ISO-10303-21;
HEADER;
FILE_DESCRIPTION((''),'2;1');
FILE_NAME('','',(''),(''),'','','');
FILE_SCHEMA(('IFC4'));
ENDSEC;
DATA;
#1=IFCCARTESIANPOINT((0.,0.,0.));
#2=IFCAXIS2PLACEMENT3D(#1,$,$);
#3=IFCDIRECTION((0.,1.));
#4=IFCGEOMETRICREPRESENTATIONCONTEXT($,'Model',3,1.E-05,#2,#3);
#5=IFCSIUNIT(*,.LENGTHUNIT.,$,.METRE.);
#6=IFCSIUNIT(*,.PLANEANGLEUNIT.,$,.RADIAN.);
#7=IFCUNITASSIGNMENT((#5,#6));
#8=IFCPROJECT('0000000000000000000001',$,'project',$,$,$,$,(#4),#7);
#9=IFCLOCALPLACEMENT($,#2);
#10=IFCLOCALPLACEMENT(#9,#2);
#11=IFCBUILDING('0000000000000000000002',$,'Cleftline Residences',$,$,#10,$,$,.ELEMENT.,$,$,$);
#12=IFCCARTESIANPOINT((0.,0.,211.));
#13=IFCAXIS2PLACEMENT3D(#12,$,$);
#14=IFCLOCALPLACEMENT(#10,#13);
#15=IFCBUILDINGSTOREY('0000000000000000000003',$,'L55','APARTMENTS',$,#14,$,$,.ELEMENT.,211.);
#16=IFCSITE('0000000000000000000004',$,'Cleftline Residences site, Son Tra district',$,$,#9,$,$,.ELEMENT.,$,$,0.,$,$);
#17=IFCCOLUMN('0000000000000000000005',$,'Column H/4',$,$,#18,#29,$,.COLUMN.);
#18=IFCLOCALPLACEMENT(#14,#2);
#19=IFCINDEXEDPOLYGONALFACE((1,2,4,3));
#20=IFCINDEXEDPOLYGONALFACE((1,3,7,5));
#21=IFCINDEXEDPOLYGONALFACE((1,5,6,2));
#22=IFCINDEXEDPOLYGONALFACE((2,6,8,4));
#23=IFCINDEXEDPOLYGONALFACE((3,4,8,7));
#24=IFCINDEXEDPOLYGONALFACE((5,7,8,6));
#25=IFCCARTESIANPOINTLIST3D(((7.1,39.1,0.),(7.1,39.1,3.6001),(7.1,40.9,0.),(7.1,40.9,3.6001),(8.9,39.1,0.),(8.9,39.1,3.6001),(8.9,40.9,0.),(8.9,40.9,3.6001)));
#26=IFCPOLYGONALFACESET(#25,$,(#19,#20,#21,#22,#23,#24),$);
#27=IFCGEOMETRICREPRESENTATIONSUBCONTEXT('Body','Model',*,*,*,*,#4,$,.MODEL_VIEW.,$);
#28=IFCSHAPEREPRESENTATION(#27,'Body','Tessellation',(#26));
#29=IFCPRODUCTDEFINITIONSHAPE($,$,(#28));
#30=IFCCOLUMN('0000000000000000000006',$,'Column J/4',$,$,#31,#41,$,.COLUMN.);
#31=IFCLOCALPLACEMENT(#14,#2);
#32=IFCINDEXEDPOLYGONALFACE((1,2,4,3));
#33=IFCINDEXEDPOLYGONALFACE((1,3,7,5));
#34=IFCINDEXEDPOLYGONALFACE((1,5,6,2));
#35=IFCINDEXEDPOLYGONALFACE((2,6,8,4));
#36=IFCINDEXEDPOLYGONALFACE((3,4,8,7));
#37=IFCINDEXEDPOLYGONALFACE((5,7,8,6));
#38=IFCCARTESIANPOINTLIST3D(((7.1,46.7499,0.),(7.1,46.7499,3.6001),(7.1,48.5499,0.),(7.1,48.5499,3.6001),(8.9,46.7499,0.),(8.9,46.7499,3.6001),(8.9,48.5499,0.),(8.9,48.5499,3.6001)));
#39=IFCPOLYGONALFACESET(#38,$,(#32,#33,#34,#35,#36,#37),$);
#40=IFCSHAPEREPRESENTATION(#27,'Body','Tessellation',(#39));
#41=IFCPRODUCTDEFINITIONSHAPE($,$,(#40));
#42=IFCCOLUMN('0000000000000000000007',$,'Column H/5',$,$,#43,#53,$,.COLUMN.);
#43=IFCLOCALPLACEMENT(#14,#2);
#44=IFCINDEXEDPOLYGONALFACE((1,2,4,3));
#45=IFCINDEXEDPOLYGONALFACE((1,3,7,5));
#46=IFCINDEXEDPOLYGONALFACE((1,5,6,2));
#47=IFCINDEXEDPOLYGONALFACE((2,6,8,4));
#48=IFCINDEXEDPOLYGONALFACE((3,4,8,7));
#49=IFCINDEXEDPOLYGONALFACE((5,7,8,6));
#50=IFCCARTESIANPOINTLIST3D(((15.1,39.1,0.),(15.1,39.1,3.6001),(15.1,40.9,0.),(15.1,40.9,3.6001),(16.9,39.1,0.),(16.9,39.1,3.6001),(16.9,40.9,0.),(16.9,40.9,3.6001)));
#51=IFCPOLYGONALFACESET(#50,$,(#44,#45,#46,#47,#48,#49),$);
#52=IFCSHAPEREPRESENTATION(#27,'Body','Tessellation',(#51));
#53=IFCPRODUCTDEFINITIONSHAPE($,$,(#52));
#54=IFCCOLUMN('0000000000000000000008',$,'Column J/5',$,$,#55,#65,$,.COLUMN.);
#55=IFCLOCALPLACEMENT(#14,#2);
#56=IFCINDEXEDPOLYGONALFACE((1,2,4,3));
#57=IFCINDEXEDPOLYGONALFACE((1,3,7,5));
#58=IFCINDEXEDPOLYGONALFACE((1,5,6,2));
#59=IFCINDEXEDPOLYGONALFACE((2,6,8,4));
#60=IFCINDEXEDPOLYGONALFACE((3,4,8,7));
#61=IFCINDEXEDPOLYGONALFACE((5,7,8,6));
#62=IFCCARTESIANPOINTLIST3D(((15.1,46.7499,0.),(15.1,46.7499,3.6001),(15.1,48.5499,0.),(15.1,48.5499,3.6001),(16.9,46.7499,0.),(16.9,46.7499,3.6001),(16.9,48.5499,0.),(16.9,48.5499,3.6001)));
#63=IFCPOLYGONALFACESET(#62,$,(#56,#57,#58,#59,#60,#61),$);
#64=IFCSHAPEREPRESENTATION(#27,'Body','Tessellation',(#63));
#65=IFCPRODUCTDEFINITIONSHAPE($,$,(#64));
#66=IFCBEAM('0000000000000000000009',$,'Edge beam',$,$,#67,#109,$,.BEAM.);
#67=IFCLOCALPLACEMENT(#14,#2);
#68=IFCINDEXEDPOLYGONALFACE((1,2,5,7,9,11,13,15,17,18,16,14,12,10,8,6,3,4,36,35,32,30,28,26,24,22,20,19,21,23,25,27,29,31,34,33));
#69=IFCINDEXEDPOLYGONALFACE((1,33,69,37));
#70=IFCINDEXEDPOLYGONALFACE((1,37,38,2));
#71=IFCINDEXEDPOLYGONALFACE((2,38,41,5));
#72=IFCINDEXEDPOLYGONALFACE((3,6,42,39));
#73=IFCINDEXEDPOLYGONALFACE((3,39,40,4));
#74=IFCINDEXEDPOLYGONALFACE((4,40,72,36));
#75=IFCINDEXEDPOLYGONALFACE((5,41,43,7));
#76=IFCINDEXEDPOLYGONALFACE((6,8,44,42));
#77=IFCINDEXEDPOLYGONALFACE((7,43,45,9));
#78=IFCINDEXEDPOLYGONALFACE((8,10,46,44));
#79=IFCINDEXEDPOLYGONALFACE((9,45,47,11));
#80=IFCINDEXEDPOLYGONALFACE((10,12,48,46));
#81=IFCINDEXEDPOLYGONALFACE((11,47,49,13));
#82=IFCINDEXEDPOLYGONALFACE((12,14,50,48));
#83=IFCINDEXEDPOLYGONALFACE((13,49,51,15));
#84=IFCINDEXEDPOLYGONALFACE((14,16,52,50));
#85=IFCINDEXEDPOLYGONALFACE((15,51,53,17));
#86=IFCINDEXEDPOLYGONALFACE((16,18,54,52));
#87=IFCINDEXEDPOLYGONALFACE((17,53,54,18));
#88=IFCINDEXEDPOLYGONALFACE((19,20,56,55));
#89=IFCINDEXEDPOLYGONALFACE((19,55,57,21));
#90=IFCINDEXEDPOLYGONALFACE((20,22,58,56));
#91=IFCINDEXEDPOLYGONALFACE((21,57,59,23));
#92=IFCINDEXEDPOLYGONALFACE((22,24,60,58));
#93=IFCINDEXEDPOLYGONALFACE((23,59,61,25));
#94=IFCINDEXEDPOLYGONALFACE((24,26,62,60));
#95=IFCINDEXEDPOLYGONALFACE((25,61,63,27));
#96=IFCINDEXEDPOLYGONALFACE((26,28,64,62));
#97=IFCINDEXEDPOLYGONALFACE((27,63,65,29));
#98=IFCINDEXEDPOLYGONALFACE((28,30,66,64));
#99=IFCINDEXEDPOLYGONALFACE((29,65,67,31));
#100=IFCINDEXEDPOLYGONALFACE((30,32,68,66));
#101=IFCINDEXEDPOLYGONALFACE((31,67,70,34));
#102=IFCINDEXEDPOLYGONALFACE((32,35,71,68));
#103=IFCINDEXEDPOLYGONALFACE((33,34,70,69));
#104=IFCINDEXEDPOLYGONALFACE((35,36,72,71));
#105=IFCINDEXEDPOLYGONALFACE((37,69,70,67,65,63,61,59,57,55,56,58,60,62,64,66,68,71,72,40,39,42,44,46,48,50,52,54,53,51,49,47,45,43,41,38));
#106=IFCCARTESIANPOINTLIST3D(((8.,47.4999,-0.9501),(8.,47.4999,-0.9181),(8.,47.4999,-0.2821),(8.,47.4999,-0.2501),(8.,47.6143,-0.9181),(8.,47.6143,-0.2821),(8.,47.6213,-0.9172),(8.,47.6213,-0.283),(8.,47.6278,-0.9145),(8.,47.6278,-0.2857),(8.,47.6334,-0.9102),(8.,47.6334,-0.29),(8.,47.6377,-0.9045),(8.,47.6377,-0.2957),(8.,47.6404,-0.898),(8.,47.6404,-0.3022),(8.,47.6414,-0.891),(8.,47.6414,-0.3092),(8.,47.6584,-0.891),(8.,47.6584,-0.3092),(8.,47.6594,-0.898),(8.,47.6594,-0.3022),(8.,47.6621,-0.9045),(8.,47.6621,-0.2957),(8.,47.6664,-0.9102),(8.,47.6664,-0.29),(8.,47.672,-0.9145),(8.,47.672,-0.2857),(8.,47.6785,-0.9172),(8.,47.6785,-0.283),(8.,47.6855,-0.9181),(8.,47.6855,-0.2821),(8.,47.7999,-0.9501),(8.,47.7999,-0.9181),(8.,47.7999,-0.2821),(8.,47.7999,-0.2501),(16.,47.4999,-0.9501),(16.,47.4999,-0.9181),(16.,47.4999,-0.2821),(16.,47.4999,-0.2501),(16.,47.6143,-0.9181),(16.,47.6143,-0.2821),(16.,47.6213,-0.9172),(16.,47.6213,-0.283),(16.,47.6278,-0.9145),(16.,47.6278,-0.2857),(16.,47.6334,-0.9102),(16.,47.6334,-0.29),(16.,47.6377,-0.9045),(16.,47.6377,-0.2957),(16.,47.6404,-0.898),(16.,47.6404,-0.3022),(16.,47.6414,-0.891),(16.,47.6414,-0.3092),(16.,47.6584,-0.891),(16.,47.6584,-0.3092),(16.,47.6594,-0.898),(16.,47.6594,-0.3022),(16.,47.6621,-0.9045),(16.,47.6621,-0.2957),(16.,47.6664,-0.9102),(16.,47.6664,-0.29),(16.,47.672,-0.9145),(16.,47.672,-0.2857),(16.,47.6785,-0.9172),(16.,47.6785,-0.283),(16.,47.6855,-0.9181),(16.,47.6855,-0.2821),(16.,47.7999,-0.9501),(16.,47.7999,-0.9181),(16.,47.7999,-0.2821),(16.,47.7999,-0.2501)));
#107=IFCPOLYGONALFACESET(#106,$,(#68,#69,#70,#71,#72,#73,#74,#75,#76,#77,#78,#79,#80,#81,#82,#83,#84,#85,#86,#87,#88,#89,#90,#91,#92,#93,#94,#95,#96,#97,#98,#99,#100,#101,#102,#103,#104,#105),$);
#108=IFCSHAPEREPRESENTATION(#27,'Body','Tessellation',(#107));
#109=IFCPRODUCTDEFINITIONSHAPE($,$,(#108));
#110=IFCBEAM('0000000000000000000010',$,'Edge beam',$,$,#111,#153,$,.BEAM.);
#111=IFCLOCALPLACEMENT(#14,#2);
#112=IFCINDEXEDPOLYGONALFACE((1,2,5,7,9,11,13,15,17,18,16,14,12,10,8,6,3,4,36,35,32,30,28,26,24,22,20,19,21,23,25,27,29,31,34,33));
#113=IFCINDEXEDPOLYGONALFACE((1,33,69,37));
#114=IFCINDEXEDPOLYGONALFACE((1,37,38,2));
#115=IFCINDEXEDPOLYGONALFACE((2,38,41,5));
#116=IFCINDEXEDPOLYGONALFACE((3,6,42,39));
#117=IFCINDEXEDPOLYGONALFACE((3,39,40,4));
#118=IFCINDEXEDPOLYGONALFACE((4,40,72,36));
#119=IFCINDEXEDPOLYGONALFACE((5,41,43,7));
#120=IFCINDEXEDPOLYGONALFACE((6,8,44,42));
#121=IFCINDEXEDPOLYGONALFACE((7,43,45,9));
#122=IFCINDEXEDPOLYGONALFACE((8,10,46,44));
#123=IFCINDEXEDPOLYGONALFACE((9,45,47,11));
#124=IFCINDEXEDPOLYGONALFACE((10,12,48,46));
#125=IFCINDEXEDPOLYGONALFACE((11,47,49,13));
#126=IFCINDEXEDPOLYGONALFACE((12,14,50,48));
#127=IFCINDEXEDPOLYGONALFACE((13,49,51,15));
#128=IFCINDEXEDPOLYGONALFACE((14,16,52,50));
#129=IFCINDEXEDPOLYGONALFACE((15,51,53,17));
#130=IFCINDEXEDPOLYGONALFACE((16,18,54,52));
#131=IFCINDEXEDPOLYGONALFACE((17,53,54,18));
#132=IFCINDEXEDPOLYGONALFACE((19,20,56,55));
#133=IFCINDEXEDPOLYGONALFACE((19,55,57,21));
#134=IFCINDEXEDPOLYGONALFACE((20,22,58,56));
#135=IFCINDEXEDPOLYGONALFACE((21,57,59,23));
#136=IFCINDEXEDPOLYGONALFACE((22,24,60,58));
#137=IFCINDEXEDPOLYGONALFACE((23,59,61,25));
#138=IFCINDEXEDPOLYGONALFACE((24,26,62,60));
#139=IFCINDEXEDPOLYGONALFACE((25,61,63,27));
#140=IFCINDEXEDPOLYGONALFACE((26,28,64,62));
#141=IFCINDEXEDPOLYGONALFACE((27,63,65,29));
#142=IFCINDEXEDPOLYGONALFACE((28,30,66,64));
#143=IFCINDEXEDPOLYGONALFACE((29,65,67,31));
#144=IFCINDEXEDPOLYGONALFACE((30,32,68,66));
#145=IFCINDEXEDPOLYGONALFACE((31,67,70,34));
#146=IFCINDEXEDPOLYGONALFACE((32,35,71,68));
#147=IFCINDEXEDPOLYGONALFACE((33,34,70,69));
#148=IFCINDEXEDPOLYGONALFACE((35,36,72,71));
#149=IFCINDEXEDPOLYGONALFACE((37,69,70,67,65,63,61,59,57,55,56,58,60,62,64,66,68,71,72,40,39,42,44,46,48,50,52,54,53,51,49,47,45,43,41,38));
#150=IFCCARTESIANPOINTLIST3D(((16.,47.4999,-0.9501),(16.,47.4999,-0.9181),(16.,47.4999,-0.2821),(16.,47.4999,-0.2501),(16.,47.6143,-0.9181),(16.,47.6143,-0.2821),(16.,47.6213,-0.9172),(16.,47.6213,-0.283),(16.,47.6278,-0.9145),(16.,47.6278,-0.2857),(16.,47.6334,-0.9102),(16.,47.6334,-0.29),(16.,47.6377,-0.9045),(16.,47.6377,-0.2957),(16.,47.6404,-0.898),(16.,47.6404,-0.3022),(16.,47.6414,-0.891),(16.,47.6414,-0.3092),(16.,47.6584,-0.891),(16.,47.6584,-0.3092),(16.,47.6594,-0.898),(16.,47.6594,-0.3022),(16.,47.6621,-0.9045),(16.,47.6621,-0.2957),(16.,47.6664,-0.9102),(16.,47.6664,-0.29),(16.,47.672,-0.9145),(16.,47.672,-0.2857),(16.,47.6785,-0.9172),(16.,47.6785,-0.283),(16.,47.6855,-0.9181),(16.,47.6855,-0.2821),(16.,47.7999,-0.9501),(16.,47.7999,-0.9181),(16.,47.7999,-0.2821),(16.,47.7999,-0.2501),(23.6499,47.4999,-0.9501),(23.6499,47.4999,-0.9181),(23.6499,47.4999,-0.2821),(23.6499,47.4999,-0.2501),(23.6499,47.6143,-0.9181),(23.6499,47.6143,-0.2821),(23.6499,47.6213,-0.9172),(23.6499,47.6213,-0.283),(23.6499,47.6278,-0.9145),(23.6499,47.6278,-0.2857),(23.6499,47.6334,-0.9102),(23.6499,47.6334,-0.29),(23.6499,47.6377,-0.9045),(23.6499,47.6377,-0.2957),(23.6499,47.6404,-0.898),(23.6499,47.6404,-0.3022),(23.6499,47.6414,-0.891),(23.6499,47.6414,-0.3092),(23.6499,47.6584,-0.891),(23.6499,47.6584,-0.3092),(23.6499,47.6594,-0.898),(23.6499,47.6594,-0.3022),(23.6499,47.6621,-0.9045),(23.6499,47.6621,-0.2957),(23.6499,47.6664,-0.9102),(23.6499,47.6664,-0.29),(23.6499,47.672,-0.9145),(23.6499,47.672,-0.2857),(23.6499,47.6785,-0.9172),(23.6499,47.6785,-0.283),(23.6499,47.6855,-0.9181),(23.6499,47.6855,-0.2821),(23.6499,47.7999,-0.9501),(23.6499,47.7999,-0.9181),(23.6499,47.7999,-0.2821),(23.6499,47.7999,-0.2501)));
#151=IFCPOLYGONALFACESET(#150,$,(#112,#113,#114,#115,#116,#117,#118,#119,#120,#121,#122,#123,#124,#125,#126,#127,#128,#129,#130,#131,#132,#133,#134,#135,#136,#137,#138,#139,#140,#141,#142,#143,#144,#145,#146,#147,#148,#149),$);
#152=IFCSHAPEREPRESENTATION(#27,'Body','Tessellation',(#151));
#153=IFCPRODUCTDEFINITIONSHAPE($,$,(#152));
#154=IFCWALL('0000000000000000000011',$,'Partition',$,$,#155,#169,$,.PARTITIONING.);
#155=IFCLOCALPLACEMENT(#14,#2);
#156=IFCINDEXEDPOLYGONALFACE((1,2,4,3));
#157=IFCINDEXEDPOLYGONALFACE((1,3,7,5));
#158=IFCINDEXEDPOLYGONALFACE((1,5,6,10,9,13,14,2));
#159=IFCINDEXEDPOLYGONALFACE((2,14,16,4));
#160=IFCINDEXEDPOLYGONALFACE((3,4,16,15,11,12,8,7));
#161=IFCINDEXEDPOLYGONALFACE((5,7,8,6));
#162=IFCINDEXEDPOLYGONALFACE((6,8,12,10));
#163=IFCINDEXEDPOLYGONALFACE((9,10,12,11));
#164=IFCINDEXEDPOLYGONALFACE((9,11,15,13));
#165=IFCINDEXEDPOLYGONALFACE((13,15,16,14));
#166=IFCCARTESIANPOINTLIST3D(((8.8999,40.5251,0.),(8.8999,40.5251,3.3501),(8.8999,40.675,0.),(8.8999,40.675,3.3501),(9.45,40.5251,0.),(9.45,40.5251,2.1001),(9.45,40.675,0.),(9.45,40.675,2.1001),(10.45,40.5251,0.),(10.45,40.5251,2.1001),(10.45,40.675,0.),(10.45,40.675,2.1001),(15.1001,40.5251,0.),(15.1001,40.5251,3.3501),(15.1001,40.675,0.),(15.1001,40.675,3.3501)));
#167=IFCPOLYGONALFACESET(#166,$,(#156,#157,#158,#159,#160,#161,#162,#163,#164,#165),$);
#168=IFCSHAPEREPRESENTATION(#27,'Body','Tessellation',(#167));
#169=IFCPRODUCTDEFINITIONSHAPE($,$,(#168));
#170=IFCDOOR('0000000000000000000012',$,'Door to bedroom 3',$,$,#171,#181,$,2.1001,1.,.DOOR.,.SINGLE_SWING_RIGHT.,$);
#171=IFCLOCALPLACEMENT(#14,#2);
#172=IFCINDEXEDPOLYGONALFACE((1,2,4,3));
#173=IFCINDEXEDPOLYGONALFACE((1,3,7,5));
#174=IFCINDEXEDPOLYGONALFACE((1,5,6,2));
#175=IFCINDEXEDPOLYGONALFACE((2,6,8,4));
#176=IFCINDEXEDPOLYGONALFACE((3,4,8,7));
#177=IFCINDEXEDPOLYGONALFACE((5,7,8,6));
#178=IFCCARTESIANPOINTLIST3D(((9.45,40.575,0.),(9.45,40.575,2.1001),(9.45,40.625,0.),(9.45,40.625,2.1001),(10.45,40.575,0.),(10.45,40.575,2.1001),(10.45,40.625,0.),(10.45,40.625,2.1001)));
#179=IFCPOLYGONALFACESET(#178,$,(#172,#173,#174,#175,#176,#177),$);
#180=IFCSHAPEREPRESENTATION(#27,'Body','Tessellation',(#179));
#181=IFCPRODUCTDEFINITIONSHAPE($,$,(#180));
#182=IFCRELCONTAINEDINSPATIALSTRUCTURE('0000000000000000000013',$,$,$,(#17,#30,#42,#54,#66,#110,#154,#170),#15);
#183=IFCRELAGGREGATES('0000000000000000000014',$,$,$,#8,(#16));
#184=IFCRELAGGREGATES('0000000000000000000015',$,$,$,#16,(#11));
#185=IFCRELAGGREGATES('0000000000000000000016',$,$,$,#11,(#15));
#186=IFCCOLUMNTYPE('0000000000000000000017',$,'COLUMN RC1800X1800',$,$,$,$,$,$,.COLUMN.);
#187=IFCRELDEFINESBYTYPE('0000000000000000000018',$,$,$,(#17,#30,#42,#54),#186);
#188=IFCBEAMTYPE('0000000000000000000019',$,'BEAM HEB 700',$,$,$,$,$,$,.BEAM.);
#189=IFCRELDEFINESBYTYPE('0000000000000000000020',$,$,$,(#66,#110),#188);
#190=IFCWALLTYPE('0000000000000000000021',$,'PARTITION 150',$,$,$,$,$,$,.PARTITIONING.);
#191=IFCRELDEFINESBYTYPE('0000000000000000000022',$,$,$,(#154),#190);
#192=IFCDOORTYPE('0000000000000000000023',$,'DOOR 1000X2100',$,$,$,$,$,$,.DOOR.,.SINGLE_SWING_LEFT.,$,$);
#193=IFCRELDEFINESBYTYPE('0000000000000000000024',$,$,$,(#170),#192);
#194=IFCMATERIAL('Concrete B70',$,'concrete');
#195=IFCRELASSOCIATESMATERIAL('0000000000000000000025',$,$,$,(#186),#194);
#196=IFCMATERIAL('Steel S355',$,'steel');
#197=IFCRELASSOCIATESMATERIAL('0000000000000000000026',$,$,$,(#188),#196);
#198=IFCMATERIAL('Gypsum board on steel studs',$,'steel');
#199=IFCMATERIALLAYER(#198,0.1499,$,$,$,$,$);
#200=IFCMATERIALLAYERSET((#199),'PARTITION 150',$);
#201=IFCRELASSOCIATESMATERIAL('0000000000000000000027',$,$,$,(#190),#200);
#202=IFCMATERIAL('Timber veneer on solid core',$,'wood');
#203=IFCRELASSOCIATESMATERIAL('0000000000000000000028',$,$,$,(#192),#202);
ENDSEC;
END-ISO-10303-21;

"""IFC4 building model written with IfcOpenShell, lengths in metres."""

from ifc_helpers import new_model, si_unit, direction, frame, frame_2d, origin, origin_2d, place, context, subcontext, project, spatial, rectangle, i_section, extrude, material, layer, layer_set, material_profile, profile_set, type_object, element, fill, save


model = new_model("IFC4")

# Units and contexts
model_context = context("Model", 3, precision=1e-05, world=origin(), true_north=direction((0.0, 1.0)))
body_context = subcontext(model_context, "Body", "Model", "MODEL_VIEW")
ifc_project = project(units=[si_unit("LENGTHUNIT", "METRE"), si_unit("PLANEANGLEUNIT", "RADIAN")], contexts=[model_context])

# Site, building, storey
site_placement = place(None, origin())
site = spatial("IfcSite", under=ifc_project, at=site_placement, Name="Cleftline Residences site, Son Tra district", CompositionType="ELEMENT", RefElevation=0.0)
building_placement = place(site_placement, origin())
building = spatial("IfcBuilding", under=site, at=building_placement, Name="Cleftline Residences", CompositionType="ELEMENT")
storey_placement = place(building_placement, frame((0.0, 0.0, 211.0)))
storey = spatial("IfcBuildingStorey", under=building, at=storey_placement, Name="L55", Description="APARTMENTS", CompositionType="ELEMENT", Elevation=211.0)

# Columns
ifc_material_1 = material(Name="Concrete B70", Category="concrete")
ifc_material_profile_1 = material_profile(ifc_material_1, rectangle(XDim=1.8, YDim=1.8, at=origin_2d()))
ifc_profile_set_1 = profile_set([ifc_material_profile_1], Name="Concrete B70")
column_type = type_object("IfcColumnType", Name="COLUMN RC1800X1800", PredefinedType="COLUMN", material=ifc_profile_set_1)
for number, where, z_axis, x_axis, name in (
    (1, (8.0, 40.0, 0.0), (0.0, 0.0, 1.0), (1.0, 0.0, 0.0), "Column H/4"),
    (2, (8.0, 47.6499, 0.0), (0.0, 0.0, 1.0), (1.0, 0.0, 0.0), "Column J/4"),
    (3, (16.0, 40.0, 0.0), (0.0, 0.0, 1.0), (1.0, 0.0, 0.0), "Column H/5"),
    (4, (16.0, 47.6499, 0.0), (0.0, 0.0, 1.0), (1.0, 0.0, 0.0), "Column J/5"),
):
    element("IfcColumn", number, at=place(storey_placement, frame(where, z_axis=z_axis, x_axis=x_axis)), inside=storey, type_object=column_type, Name=name, PredefinedType="COLUMN", context=body_context, shape_type="SweptSolid", body=[
        extrude(rectangle(XDim=1.8, YDim=1.8, at=origin_2d()), origin(), (0.0, 0.0, 1.0), 3.6001),
    ])

# Beams
ifc_material_2 = material(Name="Steel S355", Category="steel")
ifc_material_profile_2 = material_profile(ifc_material_2, i_section(OverallWidth=0.3, OverallDepth=0.7, WebThickness=0.0171, FlangeThickness=0.032, FilletRadius=0.0271, at=origin_2d()))
ifc_profile_set_2 = profile_set([ifc_material_profile_2], Name="Steel S355")
beam_type = type_object("IfcBeamType", Name="BEAM HEB 700", PredefinedType="BEAM", material=ifc_profile_set_2)
beam_1_placement = place(storey_placement, frame((8.0, 47.6499, -0.6001), z_axis=(1.0, 0.0, 0.0), x_axis=(0.0, 1.0, 0.0)))
element("IfcBeam", 5, at=beam_1_placement, inside=storey, type_object=beam_type, Name="Edge beam", PredefinedType="BEAM", context=body_context, shape_type="SweptSolid", body=[
    extrude(i_section(OverallWidth=0.3, OverallDepth=0.7, WebThickness=0.0171, FlangeThickness=0.032, FilletRadius=0.0271, at=origin_2d()), origin(), (0.0, 0.0, 1.0), 8.0),
])
beam_2_placement = place(storey_placement, frame((16.0, 47.6499, -0.6001), z_axis=(1.0, 0.0, 0.0), x_axis=(0.0, 1.0, 0.0)))
element("IfcBeam", 6, at=beam_2_placement, inside=storey, type_object=beam_type, Name="Edge beam", PredefinedType="BEAM", context=body_context, shape_type="SweptSolid", body=[
    extrude(i_section(OverallWidth=0.3, OverallDepth=0.7, WebThickness=0.0171, FlangeThickness=0.032, FilletRadius=0.0271, at=origin_2d()), origin(), (0.0, 0.0, 1.0), 7.6499),
])

# Wall, opening, door
ifc_material_3 = material(Name="Gypsum board on steel studs", Category="steel")
ifc_layer = layer(ifc_material_3, 0.1499)
ifc_layer_set = layer_set([ifc_layer], Name="PARTITION 150")
wall_type = type_object("IfcWallType", Name="PARTITION 150", PredefinedType="PARTITIONING", material=ifc_layer_set)
wall_1_placement = place(storey_placement, frame((8.8999, 40.6001, 0.0), z_axis=(0.0, 0.0, 1.0), x_axis=(1.0, 0.0, 0.0)))
wall_1 = element("IfcWall", 7, at=wall_1_placement, inside=storey, type_object=wall_type, Name="Partition", PredefinedType="PARTITIONING", context=body_context, shape_type="SweptSolid", body=[
    extrude(rectangle(XDim=6.2002, YDim=0.1499, at=frame_2d((3.1001, 0.0))), origin(), (0.0, 0.0, 1.0), 3.3501),
])
opening_1_placement = place(wall_1_placement, frame((0.55, 0.0, 0.0)))
opening_1 = element("IfcOpeningElement", 8, at=opening_1_placement, cuts=wall_1, PredefinedType="OPENING", context=body_context, shape_type="SweptSolid", body=[
    extrude(rectangle(XDim=1.0, YDim=2.1001, at=frame_2d((0.5, 1.05))), frame((0.0, 0.085, 0.0), z_axis=(0.0, -1.0, 0.0), x_axis=(1.0, 0.0, 0.0)), (0.0, 0.0, 1.0), 0.1699),
])
ifc_material_4 = material(Name="Timber veneer on solid core", Category="wood")
door_type_1 = type_object("IfcDoorType", Name="DOOR 1000X2100", OperationType="SINGLE_SWING_LEFT", PredefinedType="DOOR", material=ifc_material_4)
door_1_placement = place(opening_1_placement, origin())
door_1 = element("IfcDoor", 9, at=door_1_placement, inside=storey, type_object=door_type_1, Name="Door to bedroom 3", OperationType="SINGLE_SWING_RIGHT", OverallHeight=2.1001, OverallWidth=1.0, PredefinedType="DOOR", context=body_context, shape_type="SweptSolid", body=[
    extrude(rectangle(XDim=1.0, YDim=2.1001, at=frame_2d((0.5, 1.05))), frame((0.0, 0.0249, 0.0), z_axis=(0.0, -1.0, 0.0), x_axis=(1.0, 0.0, 0.0)), (0.0, 0.0, 1.0), 0.05),
])
fill(opening_1, door_1)

save(model, "model.ifc")
